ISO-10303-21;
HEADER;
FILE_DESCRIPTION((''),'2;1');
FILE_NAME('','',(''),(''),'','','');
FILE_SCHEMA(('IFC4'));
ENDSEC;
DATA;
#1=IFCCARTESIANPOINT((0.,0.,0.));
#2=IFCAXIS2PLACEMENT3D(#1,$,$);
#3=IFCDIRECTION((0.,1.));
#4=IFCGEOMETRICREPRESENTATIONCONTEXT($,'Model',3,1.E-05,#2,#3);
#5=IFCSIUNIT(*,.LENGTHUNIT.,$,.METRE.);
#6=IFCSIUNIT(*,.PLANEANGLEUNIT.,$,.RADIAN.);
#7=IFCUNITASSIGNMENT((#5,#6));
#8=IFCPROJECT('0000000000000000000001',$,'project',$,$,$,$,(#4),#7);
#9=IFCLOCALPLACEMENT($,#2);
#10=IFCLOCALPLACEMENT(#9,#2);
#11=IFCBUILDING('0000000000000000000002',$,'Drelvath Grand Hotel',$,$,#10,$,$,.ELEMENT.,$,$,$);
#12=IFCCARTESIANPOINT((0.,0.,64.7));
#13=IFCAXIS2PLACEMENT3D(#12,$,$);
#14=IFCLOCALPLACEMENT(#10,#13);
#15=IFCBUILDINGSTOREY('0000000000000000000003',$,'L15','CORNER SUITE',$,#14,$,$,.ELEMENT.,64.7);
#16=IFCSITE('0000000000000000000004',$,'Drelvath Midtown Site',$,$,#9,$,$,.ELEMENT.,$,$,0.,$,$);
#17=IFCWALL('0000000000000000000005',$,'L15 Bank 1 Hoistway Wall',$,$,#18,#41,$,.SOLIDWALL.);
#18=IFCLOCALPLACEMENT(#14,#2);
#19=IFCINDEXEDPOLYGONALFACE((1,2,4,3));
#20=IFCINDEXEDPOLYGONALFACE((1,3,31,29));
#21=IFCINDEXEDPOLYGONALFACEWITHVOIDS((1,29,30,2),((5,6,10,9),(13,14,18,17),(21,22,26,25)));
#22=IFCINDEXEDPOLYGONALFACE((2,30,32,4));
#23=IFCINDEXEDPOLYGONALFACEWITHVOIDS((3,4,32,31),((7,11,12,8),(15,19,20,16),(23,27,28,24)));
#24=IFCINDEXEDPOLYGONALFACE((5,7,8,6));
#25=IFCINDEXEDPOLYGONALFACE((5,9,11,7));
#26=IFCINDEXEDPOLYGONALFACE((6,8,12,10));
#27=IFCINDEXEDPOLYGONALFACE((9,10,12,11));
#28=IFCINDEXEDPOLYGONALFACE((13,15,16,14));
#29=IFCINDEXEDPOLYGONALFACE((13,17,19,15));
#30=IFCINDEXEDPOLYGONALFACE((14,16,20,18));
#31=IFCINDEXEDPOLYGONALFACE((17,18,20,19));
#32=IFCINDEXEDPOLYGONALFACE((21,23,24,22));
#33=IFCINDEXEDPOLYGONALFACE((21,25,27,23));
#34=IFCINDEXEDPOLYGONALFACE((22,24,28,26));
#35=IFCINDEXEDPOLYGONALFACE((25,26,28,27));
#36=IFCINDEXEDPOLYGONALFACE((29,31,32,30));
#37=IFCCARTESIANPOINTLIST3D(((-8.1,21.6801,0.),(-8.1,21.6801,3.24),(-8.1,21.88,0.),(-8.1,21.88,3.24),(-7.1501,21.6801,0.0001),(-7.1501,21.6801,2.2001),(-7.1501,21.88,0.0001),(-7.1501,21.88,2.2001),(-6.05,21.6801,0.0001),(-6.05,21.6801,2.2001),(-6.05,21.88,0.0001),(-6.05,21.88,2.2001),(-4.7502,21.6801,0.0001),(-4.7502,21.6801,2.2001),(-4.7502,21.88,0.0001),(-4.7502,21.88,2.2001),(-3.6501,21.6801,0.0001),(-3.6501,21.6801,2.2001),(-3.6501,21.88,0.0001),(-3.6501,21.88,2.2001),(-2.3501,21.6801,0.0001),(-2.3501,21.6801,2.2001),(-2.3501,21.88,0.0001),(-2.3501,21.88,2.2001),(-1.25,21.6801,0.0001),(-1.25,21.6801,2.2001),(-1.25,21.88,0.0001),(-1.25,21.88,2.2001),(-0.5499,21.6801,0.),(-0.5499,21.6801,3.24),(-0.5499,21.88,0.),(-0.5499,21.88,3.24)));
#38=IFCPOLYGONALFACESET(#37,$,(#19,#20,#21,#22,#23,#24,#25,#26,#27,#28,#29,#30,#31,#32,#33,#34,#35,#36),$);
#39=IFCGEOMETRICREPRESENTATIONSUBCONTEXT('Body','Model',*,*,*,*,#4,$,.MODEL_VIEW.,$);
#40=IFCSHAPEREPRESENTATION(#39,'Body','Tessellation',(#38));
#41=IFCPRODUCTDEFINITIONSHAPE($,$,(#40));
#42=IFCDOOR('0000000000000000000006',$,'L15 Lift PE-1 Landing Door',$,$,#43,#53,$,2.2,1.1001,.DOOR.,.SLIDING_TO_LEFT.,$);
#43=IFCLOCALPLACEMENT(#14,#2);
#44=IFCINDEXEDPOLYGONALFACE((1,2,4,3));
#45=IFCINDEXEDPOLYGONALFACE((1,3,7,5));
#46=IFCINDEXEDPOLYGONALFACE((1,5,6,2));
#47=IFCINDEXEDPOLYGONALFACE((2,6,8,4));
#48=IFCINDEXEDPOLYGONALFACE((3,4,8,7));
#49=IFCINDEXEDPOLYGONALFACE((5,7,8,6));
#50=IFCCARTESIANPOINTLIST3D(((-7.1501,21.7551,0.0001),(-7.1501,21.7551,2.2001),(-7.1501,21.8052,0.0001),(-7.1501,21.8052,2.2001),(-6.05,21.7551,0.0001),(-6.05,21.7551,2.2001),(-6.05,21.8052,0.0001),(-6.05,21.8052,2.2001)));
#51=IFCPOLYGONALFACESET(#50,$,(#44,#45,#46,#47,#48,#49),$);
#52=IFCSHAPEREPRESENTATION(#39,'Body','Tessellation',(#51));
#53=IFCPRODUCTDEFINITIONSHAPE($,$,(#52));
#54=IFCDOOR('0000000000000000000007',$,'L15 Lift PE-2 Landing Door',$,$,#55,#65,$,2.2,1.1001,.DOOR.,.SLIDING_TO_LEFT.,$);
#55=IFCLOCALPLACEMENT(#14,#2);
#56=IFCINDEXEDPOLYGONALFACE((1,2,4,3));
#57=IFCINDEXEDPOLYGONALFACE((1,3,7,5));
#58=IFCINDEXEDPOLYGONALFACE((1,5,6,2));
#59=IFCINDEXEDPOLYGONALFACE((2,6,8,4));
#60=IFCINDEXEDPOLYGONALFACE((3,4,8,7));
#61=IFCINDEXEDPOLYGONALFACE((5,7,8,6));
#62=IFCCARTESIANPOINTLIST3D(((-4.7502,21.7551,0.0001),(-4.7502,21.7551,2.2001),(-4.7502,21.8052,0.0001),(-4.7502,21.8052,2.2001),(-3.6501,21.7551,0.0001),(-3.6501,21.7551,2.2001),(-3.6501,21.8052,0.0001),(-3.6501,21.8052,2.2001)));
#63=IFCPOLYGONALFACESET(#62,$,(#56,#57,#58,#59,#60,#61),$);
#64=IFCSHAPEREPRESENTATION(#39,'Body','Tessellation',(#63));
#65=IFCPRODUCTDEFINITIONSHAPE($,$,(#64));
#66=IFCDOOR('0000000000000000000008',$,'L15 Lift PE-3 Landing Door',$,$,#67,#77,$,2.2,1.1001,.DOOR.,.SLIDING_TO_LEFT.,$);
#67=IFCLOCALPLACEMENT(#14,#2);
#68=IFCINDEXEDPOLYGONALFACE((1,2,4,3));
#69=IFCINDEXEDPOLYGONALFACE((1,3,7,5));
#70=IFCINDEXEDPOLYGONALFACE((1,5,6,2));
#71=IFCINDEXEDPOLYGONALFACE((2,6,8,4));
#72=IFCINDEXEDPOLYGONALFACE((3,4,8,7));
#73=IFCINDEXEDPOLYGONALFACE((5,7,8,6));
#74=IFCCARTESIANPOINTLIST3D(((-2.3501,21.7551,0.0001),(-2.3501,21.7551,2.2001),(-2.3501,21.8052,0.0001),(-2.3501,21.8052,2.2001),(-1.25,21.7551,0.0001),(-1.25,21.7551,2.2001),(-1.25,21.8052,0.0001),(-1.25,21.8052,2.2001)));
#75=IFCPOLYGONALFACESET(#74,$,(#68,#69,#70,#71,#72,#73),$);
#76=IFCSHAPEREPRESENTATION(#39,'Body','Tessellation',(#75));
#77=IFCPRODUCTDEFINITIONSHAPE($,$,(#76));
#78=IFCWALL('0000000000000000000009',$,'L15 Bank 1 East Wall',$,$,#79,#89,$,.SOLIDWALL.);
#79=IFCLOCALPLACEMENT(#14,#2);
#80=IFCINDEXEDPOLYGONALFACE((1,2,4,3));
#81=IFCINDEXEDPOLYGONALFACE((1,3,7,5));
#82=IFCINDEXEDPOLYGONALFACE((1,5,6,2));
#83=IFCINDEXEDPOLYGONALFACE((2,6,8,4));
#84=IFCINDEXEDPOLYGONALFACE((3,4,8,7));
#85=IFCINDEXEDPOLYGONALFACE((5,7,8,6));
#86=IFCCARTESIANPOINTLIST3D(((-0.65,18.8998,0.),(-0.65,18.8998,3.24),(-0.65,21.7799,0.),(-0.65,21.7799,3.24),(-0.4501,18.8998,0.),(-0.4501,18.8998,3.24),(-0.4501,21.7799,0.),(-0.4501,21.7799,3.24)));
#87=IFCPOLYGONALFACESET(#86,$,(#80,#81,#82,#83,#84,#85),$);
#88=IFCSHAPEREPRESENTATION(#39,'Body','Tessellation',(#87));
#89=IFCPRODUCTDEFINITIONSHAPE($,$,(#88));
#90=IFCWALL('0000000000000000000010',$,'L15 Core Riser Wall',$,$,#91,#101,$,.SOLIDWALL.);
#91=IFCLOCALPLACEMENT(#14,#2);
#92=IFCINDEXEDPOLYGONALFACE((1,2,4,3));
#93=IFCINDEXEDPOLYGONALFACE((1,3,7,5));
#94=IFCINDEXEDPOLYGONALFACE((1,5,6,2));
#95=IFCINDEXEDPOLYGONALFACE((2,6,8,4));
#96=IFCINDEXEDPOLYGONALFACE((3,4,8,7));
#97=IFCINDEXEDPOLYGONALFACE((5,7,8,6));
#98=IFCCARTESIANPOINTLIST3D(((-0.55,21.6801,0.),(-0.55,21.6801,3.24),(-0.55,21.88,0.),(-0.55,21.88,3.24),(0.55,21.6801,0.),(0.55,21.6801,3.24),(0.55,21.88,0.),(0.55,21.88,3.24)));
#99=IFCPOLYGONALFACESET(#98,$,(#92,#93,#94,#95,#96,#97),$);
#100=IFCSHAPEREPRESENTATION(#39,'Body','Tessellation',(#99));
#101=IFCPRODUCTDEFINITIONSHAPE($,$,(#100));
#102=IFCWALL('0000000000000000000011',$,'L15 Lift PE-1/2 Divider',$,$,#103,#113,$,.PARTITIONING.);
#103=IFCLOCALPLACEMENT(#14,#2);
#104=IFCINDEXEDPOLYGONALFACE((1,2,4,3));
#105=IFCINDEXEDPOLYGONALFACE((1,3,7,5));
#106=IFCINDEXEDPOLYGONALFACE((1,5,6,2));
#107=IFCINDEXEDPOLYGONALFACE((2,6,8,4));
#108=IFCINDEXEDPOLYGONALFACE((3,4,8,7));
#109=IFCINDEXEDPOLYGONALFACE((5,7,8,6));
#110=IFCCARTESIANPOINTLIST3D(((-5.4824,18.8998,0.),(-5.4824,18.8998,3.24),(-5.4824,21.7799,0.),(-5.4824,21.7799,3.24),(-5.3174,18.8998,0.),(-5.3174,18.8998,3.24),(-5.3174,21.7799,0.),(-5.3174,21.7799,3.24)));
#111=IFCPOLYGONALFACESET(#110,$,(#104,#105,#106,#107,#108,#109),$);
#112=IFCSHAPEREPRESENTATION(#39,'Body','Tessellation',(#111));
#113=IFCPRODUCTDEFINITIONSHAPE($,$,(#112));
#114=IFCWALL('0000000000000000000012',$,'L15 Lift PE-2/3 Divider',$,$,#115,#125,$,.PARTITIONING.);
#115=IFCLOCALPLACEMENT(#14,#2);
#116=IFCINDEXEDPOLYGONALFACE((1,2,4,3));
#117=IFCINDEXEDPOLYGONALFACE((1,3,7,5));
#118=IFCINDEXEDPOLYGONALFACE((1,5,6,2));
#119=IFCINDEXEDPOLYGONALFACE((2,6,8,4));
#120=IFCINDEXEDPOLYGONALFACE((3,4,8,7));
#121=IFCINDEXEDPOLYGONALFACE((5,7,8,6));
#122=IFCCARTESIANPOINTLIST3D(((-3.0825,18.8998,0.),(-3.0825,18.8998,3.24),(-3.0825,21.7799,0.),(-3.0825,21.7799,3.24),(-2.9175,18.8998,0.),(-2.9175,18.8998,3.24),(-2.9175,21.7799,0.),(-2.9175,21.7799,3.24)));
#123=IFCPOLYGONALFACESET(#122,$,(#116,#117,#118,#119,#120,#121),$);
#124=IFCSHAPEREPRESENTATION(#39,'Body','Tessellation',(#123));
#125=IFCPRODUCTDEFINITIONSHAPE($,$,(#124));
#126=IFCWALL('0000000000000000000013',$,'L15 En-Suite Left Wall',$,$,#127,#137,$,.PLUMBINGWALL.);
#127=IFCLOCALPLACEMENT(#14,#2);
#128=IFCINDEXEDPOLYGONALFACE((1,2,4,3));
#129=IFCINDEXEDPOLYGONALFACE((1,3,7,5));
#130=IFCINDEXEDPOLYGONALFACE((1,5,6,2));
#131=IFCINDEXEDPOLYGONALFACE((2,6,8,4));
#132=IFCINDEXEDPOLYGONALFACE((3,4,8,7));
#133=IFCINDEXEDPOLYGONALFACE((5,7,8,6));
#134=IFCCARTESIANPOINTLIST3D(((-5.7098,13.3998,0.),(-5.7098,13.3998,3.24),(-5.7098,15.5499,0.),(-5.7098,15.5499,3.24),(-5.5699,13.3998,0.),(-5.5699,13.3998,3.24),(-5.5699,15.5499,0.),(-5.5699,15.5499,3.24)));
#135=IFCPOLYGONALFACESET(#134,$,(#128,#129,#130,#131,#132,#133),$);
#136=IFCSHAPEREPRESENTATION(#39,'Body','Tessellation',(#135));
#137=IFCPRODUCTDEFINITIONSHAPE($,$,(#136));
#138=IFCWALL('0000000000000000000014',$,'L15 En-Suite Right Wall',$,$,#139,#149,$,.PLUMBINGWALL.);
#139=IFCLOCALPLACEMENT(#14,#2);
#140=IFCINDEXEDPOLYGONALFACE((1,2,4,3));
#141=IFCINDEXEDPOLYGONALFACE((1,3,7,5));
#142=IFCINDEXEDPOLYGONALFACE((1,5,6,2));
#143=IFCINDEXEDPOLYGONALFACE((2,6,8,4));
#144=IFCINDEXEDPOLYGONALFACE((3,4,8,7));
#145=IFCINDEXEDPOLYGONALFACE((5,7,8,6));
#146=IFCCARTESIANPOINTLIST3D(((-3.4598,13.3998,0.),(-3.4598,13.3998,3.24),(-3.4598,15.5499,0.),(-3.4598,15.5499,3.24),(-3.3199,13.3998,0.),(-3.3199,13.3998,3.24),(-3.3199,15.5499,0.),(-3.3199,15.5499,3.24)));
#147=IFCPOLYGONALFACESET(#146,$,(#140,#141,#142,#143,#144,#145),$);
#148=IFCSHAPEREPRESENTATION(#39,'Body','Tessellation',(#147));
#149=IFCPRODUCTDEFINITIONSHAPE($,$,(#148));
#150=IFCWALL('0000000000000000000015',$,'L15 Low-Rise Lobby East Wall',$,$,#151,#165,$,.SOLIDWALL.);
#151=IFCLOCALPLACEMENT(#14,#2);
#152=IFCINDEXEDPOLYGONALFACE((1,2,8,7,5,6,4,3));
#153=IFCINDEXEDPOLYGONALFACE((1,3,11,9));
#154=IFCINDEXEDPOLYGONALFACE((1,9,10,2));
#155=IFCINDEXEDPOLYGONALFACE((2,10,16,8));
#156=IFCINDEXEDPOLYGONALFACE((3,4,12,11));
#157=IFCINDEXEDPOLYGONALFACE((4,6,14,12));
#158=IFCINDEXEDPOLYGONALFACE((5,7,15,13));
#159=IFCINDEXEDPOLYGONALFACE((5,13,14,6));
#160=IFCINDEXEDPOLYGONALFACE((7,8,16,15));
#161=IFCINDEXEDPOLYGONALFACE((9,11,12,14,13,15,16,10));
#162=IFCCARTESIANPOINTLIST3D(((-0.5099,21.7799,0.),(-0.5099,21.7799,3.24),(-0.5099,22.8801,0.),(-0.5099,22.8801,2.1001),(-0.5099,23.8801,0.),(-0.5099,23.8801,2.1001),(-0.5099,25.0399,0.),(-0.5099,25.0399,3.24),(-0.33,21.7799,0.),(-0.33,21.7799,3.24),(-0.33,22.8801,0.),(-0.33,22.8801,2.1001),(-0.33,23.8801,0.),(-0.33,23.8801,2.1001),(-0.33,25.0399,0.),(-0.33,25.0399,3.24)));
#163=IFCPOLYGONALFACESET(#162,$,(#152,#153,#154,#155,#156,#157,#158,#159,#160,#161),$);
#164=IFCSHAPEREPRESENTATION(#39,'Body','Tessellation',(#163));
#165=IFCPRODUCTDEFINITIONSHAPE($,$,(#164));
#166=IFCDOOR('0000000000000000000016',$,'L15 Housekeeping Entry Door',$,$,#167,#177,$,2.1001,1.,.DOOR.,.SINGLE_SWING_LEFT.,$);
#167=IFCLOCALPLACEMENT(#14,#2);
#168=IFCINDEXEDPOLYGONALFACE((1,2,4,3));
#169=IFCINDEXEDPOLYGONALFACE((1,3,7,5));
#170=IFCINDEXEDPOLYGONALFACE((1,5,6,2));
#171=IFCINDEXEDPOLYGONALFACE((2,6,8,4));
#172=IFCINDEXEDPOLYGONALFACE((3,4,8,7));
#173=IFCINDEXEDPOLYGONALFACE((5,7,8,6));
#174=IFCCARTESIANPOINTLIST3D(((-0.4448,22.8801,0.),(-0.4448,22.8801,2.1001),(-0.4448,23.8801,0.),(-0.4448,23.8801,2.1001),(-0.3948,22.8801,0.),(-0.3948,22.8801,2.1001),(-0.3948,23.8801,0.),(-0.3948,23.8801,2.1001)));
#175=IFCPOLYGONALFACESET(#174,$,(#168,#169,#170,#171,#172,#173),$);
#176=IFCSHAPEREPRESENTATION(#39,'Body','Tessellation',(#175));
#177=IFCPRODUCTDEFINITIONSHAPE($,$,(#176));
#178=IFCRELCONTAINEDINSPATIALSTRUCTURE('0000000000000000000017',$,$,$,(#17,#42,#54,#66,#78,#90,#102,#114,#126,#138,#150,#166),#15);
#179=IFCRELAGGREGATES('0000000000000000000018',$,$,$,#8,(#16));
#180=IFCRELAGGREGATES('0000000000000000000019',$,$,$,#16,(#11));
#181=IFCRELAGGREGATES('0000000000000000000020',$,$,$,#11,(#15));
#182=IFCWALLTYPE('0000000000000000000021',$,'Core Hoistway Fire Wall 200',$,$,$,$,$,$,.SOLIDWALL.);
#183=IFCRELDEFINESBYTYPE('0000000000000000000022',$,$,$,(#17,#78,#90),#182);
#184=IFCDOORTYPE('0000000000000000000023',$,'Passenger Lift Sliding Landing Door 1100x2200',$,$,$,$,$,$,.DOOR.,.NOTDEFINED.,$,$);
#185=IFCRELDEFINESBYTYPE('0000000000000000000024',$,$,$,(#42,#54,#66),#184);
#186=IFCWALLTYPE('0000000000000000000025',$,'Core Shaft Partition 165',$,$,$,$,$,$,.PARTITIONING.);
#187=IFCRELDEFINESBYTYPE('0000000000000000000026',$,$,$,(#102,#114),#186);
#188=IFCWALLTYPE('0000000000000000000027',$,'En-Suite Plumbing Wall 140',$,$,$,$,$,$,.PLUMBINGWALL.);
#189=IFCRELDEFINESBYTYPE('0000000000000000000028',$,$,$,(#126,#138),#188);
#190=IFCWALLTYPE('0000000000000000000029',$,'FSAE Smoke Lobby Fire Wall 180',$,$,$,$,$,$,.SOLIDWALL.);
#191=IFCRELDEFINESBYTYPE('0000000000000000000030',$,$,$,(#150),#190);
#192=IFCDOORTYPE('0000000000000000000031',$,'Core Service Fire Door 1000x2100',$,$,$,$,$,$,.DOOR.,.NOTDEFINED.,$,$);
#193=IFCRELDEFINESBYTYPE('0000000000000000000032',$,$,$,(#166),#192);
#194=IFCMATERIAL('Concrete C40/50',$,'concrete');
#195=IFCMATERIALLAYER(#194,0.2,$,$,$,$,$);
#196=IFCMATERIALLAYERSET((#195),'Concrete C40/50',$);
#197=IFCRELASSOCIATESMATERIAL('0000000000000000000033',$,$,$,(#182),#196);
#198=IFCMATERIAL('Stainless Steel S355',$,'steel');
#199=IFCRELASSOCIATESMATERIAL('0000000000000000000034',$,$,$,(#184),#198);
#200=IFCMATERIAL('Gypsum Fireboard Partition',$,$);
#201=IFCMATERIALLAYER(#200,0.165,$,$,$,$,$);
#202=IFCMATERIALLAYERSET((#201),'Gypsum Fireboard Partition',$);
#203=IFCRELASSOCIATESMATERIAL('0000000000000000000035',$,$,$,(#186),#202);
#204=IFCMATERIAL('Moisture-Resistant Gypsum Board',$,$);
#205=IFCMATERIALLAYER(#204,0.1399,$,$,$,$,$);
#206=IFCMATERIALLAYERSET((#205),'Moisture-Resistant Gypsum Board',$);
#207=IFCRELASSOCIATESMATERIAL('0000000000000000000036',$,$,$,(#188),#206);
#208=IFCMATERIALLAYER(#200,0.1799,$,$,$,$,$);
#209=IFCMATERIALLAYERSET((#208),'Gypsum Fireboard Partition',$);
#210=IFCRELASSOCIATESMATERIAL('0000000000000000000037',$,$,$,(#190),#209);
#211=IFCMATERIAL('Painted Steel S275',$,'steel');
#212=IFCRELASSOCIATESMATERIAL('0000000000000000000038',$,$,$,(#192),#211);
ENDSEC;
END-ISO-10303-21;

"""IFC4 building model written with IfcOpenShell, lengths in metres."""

from ifc_helpers import new_model, si_unit, direction, frame, frame_2d, origin, place, context, subcontext, project, spatial, rectangle, extrude, material, layer, layer_set, type_object, element, fill, save


model = new_model("IFC4")

# Units and contexts
model_context = context("Model", 3, precision=1e-05, world=origin(), true_north=direction((0.0, 1.0)))
body_context = subcontext(model_context, "Body", "Model", "MODEL_VIEW")
ifc_project = project(units=[si_unit("LENGTHUNIT", "METRE"), si_unit("PLANEANGLEUNIT", "RADIAN")], contexts=[model_context])

# Site, building, storey
site_placement = place(None, origin())
site = spatial("IfcSite", under=ifc_project, at=site_placement, Name="Drelvath Midtown Site", CompositionType="ELEMENT", RefElevation=0.0)
building_placement = place(site_placement, origin())
building = spatial("IfcBuilding", under=site, at=building_placement, Name="Drelvath Grand Hotel", CompositionType="ELEMENT")
storey_placement = place(building_placement, frame((0.0, 0.0, 64.7)))
storey = spatial("IfcBuildingStorey", under=building, at=storey_placement, Name="L15", Description="CORNER SUITE", CompositionType="ELEMENT", Elevation=64.7)

# Wall, openings, doors
ifc_material_1 = material(Name="Concrete C40/50", Category="concrete")
ifc_layer_1 = layer(ifc_material_1, 0.2)
ifc_layer_set_1 = layer_set([ifc_layer_1], Name="Concrete C40/50")
wall_type_1 = type_object("IfcWallType", Name="Core Hoistway Fire Wall 200", PredefinedType="SOLIDWALL", material=ifc_layer_set_1)
wall_1_placement = place(storey_placement, frame((-0.55, 21.78, 0.0), z_axis=(0.0, 0.0, 1.0), x_axis=(-1.0, 0.0, 0.0)))
wall_1 = element("IfcWall", 1, at=wall_1_placement, inside=storey, type_object=wall_type_1, Name="L15 Bank 1 Hoistway Wall", PredefinedType="SOLIDWALL", context=body_context, shape_type="SweptSolid", body=[
    extrude(rectangle(XDim=7.55, YDim=0.2, at=frame_2d((3.7749, 0.0))), origin(), (0.0, 0.0, 1.0), 3.24),
])
opening_1_placement = place(wall_1_placement, frame((5.5, 0.0, 0.0)))
opening_1 = element("IfcOpeningElement", 2, at=opening_1_placement, cuts=wall_1, PredefinedType="OPENING", context=body_context, shape_type="SweptSolid", body=[
    extrude(rectangle(XDim=1.1001, YDim=2.2, at=frame_2d((0.55, 1.1001))), frame((0.0, 0.1099, 0.0), z_axis=(0.0, -1.0, 0.0), x_axis=(1.0, 0.0, 0.0)), (0.0, 0.0, 1.0), 0.22),
])
opening_2_placement = place(wall_1_placement, frame((3.1001, 0.0, 0.0)))
opening_2 = element("IfcOpeningElement", 3, at=opening_2_placement, cuts=wall_1, PredefinedType="OPENING", context=body_context, shape_type="SweptSolid", body=[
    extrude(rectangle(XDim=1.1001, YDim=2.2, at=frame_2d((0.55, 1.1001))), frame((0.0, 0.1099, 0.0), z_axis=(0.0, -1.0, 0.0), x_axis=(1.0, 0.0, 0.0)), (0.0, 0.0, 1.0), 0.22),
])
opening_3_placement = place(wall_1_placement, frame((0.7, 0.0, 0.0)))
opening_3 = element("IfcOpeningElement", 4, at=opening_3_placement, cuts=wall_1, PredefinedType="OPENING", context=body_context, shape_type="SweptSolid", body=[
    extrude(rectangle(XDim=1.1001, YDim=2.2, at=frame_2d((0.55, 1.1001))), frame((0.0, 0.1099, 0.0), z_axis=(0.0, -1.0, 0.0), x_axis=(1.0, 0.0, 0.0)), (0.0, 0.0, 1.0), 0.22),
])
ifc_material_2 = material(Name="Stainless Steel S355", Category="steel")
door_type_1 = type_object("IfcDoorType", Name="Passenger Lift Sliding Landing Door 1100x2200", OperationType="NOTDEFINED", PredefinedType="DOOR", material=ifc_material_2)
door_1_placement = place(opening_1_placement, origin())
door_1 = element("IfcDoor", 5, at=door_1_placement, inside=storey, type_object=door_type_1, Name="L15 Lift PE-1 Landing Door", OperationType="SLIDING_TO_LEFT", OverallHeight=2.2, OverallWidth=1.1001, PredefinedType="DOOR", context=body_context, shape_type="SweptSolid", body=[
    extrude(rectangle(XDim=1.1001, YDim=2.2, at=frame_2d((0.55, 1.1001))), frame((0.0, 0.0249, 0.0), z_axis=(0.0, -1.0, 0.0), x_axis=(1.0, 0.0, 0.0)), (0.0, 0.0, 1.0), 0.05),
])
fill(opening_1, door_1)
door_2_placement = place(opening_2_placement, origin())
door_2 = element("IfcDoor", 6, at=door_2_placement, inside=storey, type_object=door_type_1, Name="L15 Lift PE-2 Landing Door", OperationType="SLIDING_TO_LEFT", OverallHeight=2.2, OverallWidth=1.1001, PredefinedType="DOOR", context=body_context, shape_type="SweptSolid", body=[
    extrude(rectangle(XDim=1.1001, YDim=2.2, at=frame_2d((0.55, 1.1001))), frame((0.0, 0.0249, 0.0), z_axis=(0.0, -1.0, 0.0), x_axis=(1.0, 0.0, 0.0)), (0.0, 0.0, 1.0), 0.05),
])
fill(opening_2, door_2)
door_3_placement = place(opening_3_placement, origin())
door_3 = element("IfcDoor", 7, at=door_3_placement, inside=storey, type_object=door_type_1, Name="L15 Lift PE-3 Landing Door", OperationType="SLIDING_TO_LEFT", OverallHeight=2.2, OverallWidth=1.1001, PredefinedType="DOOR", context=body_context, shape_type="SweptSolid", body=[
    extrude(rectangle(XDim=1.1001, YDim=2.2, at=frame_2d((0.55, 1.1001))), frame((0.0, 0.0249, 0.0), z_axis=(0.0, -1.0, 0.0), x_axis=(1.0, 0.0, 0.0)), (0.0, 0.0, 1.0), 0.05),
])
fill(opening_3, door_3)

# Walls
wall_2_placement = place(storey_placement, frame((-0.55, 18.8999, 0.0), z_axis=(0.0, 0.0, 1.0), x_axis=(0.0, 1.0, 0.0)))
element("IfcWall", 8, at=wall_2_placement, inside=storey, type_object=wall_type_1, Name="L15 Bank 1 East Wall", PredefinedType="SOLIDWALL", context=body_context, shape_type="SweptSolid", body=[
    extrude(rectangle(XDim=2.8801, YDim=0.2, at=frame_2d((1.4399, 0.0))), origin(), (0.0, 0.0, 1.0), 3.24),
])
wall_3_placement = place(storey_placement, frame((-0.55, 21.78, 0.0), z_axis=(0.0, 0.0, 1.0), x_axis=(1.0, 0.0, 0.0)))
element("IfcWall", 9, at=wall_3_placement, inside=storey, type_object=wall_type_1, Name="L15 Core Riser Wall", PredefinedType="SOLIDWALL", context=body_context, shape_type="SweptSolid", body=[
    extrude(rectangle(XDim=1.1001, YDim=0.2, at=frame_2d((0.55, 0.0))), origin(), (0.0, 0.0, 1.0), 3.24),
])
ifc_material_3 = material(Name="Gypsum Fireboard Partition")
ifc_layer_2 = layer(ifc_material_3, 0.165)
ifc_layer_set_2 = layer_set([ifc_layer_2], Name="Gypsum Fireboard Partition")
wall_type_2 = type_object("IfcWallType", Name="Core Shaft Partition 165", PredefinedType="PARTITIONING", material=ifc_layer_set_2)
for number, where, z_axis, x_axis, name in (
    (10, (-5.3999, 18.8999, 0.0), (0.0, 0.0, 1.0), (0.0, 1.0, 0.0), "L15 Lift PE-1/2 Divider"),
    (11, (-3.0, 18.8999, 0.0), (0.0, 0.0, 1.0), (0.0, 1.0, 0.0), "L15 Lift PE-2/3 Divider"),
):
    element("IfcWall", number, at=place(storey_placement, frame(where, z_axis=z_axis, x_axis=x_axis)), inside=storey, type_object=wall_type_2, Name=name, PredefinedType="PARTITIONING", context=body_context, shape_type="SweptSolid", body=[
        extrude(rectangle(XDim=2.8801, YDim=0.165, at=frame_2d((1.4399, 0.0))), origin(), (0.0, 0.0, 1.0), 3.24),
    ])
ifc_material_4 = material(Name="Moisture-Resistant Gypsum Board")
ifc_layer_3 = layer(ifc_material_4, 0.1399)
ifc_layer_set_3 = layer_set([ifc_layer_3], Name="Moisture-Resistant Gypsum Board")
wall_type_3 = type_object("IfcWallType", Name="En-Suite Plumbing Wall 140", PredefinedType="PLUMBINGWALL", material=ifc_layer_set_3)
for number, where, z_axis, x_axis, name in (
    (12, (-5.6399, 15.55, 0.0), (0.0, 0.0, 1.0), (0.0, -1.0, 0.0), "L15 En-Suite Left Wall"),
    (13, (-3.3899, 15.55, 0.0), (0.0, 0.0, 1.0), (0.0, -1.0, 0.0), "L15 En-Suite Right Wall"),
):
    element("IfcWall", number, at=place(storey_placement, frame(where, z_axis=z_axis, x_axis=x_axis)), inside=storey, type_object=wall_type_3, Name=name, PredefinedType="PLUMBINGWALL", context=body_context, shape_type="SweptSolid", body=[
        extrude(rectangle(XDim=2.1501, YDim=0.1399, at=frame_2d((1.0752, 0.0))), origin(), (0.0, 0.0, 1.0), 3.24),
    ])

# Wall, opening, door
ifc_layer_4 = layer(ifc_material_3, 0.1799)
ifc_layer_set_4 = layer_set([ifc_layer_4], Name="Gypsum Fireboard Partition")
wall_type_4 = type_object("IfcWallType", Name="FSAE Smoke Lobby Fire Wall 180", PredefinedType="SOLIDWALL", material=ifc_layer_set_4)
wall_4_placement = place(storey_placement, frame((-0.4199, 21.78, 0.0), z_axis=(0.0, 0.0, 1.0), x_axis=(0.0, 1.0, 0.0)))
wall_4 = element("IfcWall", 14, at=wall_4_placement, inside=storey, type_object=wall_type_4, Name="L15 Low-Rise Lobby East Wall", PredefinedType="SOLIDWALL", context=body_context, shape_type="SweptSolid", body=[
    extrude(rectangle(XDim=3.26, YDim=0.1799, at=frame_2d((1.6299, 0.0))), origin(), (0.0, 0.0, 1.0), 3.24),
])
opening_4_placement = place(wall_4_placement, frame((1.1001, 0.0, 0.0)))
opening_4 = element("IfcOpeningElement", 15, at=opening_4_placement, cuts=wall_4, PredefinedType="OPENING", context=body_context, shape_type="SweptSolid", body=[
    extrude(rectangle(XDim=1.0, YDim=2.1001, at=frame_2d((0.5, 1.05))), frame((0.0, 0.0999, 0.0), z_axis=(0.0, -1.0, 0.0), x_axis=(1.0, 0.0, 0.0)), (0.0, 0.0, 1.0), 0.2),
])
ifc_material_5 = material(Name="Painted Steel S275", Category="steel")
door_type_2 = type_object("IfcDoorType", Name="Core Service Fire Door 1000x2100", OperationType="NOTDEFINED", PredefinedType="DOOR", material=ifc_material_5)
door_4_placement = place(opening_4_placement, origin())
door_4 = element("IfcDoor", 16, at=door_4_placement, inside=storey, type_object=door_type_2, Name="L15 Housekeeping Entry Door", OperationType="SINGLE_SWING_LEFT", OverallHeight=2.1001, OverallWidth=1.0, PredefinedType="DOOR", context=body_context, shape_type="SweptSolid", body=[
    extrude(rectangle(XDim=1.0, YDim=2.1001, at=frame_2d((0.5, 1.05))), frame((0.0, 0.0249, 0.0), z_axis=(0.0, -1.0, 0.0), x_axis=(1.0, 0.0, 0.0)), (0.0, 0.0, 1.0), 0.05),
])
fill(opening_4, door_4)

save(model, "model.ifc")
